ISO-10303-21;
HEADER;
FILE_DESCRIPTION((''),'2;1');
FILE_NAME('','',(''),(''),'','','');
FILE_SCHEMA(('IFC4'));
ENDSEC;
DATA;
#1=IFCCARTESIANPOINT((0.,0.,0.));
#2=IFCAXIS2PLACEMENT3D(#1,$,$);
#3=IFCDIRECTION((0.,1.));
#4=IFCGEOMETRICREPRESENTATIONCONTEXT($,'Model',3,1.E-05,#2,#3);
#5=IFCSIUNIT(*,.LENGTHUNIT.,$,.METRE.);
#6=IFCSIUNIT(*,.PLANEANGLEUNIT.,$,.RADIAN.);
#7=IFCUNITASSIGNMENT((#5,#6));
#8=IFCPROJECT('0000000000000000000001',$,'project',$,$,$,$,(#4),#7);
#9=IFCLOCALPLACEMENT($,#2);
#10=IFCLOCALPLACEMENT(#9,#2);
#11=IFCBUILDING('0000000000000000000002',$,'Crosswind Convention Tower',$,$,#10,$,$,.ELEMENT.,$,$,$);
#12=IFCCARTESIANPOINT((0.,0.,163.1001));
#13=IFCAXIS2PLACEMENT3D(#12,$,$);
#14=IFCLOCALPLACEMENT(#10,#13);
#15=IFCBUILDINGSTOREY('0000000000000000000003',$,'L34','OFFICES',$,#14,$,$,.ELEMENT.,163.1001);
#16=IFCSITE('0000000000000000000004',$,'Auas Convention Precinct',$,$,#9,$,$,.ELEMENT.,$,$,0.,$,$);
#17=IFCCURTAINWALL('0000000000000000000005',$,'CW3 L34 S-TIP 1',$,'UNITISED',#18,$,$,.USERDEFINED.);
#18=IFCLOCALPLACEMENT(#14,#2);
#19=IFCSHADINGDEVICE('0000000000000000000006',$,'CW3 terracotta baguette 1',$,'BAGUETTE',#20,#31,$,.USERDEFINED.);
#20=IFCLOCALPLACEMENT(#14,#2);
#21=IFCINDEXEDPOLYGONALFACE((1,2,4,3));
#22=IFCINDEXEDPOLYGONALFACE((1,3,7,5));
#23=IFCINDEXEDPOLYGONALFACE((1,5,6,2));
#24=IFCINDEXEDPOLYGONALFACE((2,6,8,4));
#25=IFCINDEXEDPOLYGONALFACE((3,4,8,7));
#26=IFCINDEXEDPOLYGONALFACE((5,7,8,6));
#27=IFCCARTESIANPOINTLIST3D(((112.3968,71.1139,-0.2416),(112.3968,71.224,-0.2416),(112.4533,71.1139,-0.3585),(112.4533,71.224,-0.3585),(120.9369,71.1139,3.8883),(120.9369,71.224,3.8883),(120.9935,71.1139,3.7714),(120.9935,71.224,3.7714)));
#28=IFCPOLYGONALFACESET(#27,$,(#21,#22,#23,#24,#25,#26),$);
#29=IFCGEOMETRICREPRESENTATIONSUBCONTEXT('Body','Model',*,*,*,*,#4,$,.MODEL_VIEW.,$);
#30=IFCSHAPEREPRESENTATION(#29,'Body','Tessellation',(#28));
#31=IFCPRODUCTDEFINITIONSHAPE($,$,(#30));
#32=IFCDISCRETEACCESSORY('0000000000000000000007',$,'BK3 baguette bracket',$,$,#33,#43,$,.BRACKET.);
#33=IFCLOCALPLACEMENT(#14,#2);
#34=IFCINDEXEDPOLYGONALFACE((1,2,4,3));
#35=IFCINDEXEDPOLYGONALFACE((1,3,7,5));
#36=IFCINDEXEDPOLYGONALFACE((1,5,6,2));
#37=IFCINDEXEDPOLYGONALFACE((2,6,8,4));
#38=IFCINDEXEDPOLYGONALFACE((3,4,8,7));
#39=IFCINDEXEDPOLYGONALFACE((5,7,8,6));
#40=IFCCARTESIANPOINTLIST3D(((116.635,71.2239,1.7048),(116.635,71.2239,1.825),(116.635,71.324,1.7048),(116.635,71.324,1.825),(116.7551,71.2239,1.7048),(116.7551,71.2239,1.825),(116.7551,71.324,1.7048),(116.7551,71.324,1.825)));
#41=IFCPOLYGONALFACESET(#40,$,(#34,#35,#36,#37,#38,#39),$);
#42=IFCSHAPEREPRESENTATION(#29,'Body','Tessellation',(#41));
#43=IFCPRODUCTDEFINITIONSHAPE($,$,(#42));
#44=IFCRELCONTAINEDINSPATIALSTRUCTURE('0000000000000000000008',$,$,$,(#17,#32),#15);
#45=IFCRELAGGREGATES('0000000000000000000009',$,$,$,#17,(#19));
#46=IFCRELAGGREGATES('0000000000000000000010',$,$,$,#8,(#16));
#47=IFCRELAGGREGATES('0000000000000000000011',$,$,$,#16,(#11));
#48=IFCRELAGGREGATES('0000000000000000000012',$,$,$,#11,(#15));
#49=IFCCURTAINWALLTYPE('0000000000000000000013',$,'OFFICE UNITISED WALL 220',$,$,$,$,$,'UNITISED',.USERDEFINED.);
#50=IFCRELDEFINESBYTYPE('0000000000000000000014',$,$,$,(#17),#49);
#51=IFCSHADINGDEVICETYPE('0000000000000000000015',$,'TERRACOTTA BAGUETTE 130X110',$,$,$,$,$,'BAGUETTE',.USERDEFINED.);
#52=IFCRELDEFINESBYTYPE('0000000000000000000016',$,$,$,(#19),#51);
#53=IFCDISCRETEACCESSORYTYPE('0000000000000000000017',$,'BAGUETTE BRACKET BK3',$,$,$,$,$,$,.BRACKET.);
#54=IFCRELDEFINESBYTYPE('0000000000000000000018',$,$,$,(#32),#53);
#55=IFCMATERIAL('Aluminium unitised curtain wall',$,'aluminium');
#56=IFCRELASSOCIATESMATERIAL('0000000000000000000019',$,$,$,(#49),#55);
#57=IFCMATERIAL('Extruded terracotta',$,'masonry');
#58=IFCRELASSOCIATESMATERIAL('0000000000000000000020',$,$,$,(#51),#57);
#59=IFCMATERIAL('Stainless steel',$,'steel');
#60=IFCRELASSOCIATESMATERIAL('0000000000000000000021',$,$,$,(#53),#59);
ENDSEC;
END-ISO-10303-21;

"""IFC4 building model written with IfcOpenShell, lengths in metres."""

from ifc_helpers import new_model, si_unit, direction, frame, origin, origin_2d, place, context, subcontext, project, spatial, rectangle, extrude, material, material_profile, profile_set, type_object, element, aggregate, save


model = new_model("IFC4")

# Units and contexts
model_context = context("Model", 3, precision=1e-05, world=origin(), true_north=direction((0.0, 1.0)))
body_context = subcontext(model_context, "Body", "Model", "MODEL_VIEW")
ifc_project = project(units=[si_unit("LENGTHUNIT", "METRE"), si_unit("PLANEANGLEUNIT", "RADIAN")], contexts=[model_context])

# Site, building, storey
site_placement = place(None, origin())
site = spatial("IfcSite", under=ifc_project, at=site_placement, Name="Auas Convention Precinct", CompositionType="ELEMENT", RefElevation=0.0)
building_placement = place(site_placement, origin())
building = spatial("IfcBuilding", under=site, at=building_placement, Name="Crosswind Convention Tower", CompositionType="ELEMENT")
storey_placement = place(building_placement, frame((0.0, 0.0, 163.1001)))
storey = spatial("IfcBuildingStorey", under=building, at=storey_placement, Name="L34", Description="OFFICES", CompositionType="ELEMENT", Elevation=163.1001)

# Curtain wall
ifc_material_1 = material(Name="Aluminium unitised curtain wall", Category="aluminium")
curtain_wall_type_1 = type_object("IfcCurtainWallType", Name="OFFICE UNITISED WALL 220", ElementType="UNITISED", PredefinedType="USERDEFINED", material=ifc_material_1)
curtain_wall_1_placement = place(storey_placement, origin())
curtain_wall_1 = element("IfcCurtainWall", 1, at=curtain_wall_1_placement, inside=storey, type_object=curtain_wall_type_1, Name="CW3 L34 S-TIP 1", ObjectType="UNITISED", PredefinedType="USERDEFINED")

# Shading device
ifc_material_2 = material(Name="Extruded terracotta", Category="masonry")
ifc_material_profile_1 = material_profile(ifc_material_2, rectangle(XDim=0.1101, YDim=0.1299, at=origin_2d()), Name="TC 110X130")
ifc_profile_set_1 = profile_set([ifc_material_profile_1], Name="Extruded terracotta")
shading_device_type = type_object("IfcShadingDeviceType", Name="TERRACOTTA BAGUETTE 130X110", ElementType="BAGUETTE", PredefinedType="USERDEFINED", material=ifc_profile_set_1)
shading_device_placement = place(storey_placement, frame((112.425, 71.1689, -0.3), z_axis=(0.900258, 0.0, 0.435356), x_axis=(0.0, 1.0, 0.0)))
shading_device = element("IfcShadingDevice", 2, at=shading_device_placement, type_object=shading_device_type, Name="CW3 terracotta baguette 1", ObjectType="BAGUETTE", PredefinedType="USERDEFINED", context=body_context, shape_type="SweptSolid", body=[
    extrude(rectangle(XDim=0.1101, YDim=0.1299, at=origin_2d()), origin(), (0.0, 0.0, 1.0), 9.4863),
])
aggregate(curtain_wall_1, [shading_device])

# Discrete accessory
ifc_material_3 = material(Name="Stainless steel", Category="steel")
discrete_accessory_type = type_object("IfcDiscreteAccessoryType", Name="BAGUETTE BRACKET BK3", PredefinedType="BRACKET", material=ifc_material_3)
discrete_accessory_placement = place(storey_placement, frame((116.6951, 71.2739, 1.7048), z_axis=(0.0, 0.0, 1.0), x_axis=(1.0, 0.0, 0.0)))
element("IfcDiscreteAccessory", 3, at=discrete_accessory_placement, inside=storey, type_object=discrete_accessory_type, Name="BK3 baguette bracket", PredefinedType="BRACKET", context=body_context, shape_type="SweptSolid", body=[
    extrude(rectangle(XDim=0.1201, YDim=0.1001, at=origin_2d()), origin(), (0.0, 0.0, 1.0), 0.1201),
])

save(model, "model.ifc")
